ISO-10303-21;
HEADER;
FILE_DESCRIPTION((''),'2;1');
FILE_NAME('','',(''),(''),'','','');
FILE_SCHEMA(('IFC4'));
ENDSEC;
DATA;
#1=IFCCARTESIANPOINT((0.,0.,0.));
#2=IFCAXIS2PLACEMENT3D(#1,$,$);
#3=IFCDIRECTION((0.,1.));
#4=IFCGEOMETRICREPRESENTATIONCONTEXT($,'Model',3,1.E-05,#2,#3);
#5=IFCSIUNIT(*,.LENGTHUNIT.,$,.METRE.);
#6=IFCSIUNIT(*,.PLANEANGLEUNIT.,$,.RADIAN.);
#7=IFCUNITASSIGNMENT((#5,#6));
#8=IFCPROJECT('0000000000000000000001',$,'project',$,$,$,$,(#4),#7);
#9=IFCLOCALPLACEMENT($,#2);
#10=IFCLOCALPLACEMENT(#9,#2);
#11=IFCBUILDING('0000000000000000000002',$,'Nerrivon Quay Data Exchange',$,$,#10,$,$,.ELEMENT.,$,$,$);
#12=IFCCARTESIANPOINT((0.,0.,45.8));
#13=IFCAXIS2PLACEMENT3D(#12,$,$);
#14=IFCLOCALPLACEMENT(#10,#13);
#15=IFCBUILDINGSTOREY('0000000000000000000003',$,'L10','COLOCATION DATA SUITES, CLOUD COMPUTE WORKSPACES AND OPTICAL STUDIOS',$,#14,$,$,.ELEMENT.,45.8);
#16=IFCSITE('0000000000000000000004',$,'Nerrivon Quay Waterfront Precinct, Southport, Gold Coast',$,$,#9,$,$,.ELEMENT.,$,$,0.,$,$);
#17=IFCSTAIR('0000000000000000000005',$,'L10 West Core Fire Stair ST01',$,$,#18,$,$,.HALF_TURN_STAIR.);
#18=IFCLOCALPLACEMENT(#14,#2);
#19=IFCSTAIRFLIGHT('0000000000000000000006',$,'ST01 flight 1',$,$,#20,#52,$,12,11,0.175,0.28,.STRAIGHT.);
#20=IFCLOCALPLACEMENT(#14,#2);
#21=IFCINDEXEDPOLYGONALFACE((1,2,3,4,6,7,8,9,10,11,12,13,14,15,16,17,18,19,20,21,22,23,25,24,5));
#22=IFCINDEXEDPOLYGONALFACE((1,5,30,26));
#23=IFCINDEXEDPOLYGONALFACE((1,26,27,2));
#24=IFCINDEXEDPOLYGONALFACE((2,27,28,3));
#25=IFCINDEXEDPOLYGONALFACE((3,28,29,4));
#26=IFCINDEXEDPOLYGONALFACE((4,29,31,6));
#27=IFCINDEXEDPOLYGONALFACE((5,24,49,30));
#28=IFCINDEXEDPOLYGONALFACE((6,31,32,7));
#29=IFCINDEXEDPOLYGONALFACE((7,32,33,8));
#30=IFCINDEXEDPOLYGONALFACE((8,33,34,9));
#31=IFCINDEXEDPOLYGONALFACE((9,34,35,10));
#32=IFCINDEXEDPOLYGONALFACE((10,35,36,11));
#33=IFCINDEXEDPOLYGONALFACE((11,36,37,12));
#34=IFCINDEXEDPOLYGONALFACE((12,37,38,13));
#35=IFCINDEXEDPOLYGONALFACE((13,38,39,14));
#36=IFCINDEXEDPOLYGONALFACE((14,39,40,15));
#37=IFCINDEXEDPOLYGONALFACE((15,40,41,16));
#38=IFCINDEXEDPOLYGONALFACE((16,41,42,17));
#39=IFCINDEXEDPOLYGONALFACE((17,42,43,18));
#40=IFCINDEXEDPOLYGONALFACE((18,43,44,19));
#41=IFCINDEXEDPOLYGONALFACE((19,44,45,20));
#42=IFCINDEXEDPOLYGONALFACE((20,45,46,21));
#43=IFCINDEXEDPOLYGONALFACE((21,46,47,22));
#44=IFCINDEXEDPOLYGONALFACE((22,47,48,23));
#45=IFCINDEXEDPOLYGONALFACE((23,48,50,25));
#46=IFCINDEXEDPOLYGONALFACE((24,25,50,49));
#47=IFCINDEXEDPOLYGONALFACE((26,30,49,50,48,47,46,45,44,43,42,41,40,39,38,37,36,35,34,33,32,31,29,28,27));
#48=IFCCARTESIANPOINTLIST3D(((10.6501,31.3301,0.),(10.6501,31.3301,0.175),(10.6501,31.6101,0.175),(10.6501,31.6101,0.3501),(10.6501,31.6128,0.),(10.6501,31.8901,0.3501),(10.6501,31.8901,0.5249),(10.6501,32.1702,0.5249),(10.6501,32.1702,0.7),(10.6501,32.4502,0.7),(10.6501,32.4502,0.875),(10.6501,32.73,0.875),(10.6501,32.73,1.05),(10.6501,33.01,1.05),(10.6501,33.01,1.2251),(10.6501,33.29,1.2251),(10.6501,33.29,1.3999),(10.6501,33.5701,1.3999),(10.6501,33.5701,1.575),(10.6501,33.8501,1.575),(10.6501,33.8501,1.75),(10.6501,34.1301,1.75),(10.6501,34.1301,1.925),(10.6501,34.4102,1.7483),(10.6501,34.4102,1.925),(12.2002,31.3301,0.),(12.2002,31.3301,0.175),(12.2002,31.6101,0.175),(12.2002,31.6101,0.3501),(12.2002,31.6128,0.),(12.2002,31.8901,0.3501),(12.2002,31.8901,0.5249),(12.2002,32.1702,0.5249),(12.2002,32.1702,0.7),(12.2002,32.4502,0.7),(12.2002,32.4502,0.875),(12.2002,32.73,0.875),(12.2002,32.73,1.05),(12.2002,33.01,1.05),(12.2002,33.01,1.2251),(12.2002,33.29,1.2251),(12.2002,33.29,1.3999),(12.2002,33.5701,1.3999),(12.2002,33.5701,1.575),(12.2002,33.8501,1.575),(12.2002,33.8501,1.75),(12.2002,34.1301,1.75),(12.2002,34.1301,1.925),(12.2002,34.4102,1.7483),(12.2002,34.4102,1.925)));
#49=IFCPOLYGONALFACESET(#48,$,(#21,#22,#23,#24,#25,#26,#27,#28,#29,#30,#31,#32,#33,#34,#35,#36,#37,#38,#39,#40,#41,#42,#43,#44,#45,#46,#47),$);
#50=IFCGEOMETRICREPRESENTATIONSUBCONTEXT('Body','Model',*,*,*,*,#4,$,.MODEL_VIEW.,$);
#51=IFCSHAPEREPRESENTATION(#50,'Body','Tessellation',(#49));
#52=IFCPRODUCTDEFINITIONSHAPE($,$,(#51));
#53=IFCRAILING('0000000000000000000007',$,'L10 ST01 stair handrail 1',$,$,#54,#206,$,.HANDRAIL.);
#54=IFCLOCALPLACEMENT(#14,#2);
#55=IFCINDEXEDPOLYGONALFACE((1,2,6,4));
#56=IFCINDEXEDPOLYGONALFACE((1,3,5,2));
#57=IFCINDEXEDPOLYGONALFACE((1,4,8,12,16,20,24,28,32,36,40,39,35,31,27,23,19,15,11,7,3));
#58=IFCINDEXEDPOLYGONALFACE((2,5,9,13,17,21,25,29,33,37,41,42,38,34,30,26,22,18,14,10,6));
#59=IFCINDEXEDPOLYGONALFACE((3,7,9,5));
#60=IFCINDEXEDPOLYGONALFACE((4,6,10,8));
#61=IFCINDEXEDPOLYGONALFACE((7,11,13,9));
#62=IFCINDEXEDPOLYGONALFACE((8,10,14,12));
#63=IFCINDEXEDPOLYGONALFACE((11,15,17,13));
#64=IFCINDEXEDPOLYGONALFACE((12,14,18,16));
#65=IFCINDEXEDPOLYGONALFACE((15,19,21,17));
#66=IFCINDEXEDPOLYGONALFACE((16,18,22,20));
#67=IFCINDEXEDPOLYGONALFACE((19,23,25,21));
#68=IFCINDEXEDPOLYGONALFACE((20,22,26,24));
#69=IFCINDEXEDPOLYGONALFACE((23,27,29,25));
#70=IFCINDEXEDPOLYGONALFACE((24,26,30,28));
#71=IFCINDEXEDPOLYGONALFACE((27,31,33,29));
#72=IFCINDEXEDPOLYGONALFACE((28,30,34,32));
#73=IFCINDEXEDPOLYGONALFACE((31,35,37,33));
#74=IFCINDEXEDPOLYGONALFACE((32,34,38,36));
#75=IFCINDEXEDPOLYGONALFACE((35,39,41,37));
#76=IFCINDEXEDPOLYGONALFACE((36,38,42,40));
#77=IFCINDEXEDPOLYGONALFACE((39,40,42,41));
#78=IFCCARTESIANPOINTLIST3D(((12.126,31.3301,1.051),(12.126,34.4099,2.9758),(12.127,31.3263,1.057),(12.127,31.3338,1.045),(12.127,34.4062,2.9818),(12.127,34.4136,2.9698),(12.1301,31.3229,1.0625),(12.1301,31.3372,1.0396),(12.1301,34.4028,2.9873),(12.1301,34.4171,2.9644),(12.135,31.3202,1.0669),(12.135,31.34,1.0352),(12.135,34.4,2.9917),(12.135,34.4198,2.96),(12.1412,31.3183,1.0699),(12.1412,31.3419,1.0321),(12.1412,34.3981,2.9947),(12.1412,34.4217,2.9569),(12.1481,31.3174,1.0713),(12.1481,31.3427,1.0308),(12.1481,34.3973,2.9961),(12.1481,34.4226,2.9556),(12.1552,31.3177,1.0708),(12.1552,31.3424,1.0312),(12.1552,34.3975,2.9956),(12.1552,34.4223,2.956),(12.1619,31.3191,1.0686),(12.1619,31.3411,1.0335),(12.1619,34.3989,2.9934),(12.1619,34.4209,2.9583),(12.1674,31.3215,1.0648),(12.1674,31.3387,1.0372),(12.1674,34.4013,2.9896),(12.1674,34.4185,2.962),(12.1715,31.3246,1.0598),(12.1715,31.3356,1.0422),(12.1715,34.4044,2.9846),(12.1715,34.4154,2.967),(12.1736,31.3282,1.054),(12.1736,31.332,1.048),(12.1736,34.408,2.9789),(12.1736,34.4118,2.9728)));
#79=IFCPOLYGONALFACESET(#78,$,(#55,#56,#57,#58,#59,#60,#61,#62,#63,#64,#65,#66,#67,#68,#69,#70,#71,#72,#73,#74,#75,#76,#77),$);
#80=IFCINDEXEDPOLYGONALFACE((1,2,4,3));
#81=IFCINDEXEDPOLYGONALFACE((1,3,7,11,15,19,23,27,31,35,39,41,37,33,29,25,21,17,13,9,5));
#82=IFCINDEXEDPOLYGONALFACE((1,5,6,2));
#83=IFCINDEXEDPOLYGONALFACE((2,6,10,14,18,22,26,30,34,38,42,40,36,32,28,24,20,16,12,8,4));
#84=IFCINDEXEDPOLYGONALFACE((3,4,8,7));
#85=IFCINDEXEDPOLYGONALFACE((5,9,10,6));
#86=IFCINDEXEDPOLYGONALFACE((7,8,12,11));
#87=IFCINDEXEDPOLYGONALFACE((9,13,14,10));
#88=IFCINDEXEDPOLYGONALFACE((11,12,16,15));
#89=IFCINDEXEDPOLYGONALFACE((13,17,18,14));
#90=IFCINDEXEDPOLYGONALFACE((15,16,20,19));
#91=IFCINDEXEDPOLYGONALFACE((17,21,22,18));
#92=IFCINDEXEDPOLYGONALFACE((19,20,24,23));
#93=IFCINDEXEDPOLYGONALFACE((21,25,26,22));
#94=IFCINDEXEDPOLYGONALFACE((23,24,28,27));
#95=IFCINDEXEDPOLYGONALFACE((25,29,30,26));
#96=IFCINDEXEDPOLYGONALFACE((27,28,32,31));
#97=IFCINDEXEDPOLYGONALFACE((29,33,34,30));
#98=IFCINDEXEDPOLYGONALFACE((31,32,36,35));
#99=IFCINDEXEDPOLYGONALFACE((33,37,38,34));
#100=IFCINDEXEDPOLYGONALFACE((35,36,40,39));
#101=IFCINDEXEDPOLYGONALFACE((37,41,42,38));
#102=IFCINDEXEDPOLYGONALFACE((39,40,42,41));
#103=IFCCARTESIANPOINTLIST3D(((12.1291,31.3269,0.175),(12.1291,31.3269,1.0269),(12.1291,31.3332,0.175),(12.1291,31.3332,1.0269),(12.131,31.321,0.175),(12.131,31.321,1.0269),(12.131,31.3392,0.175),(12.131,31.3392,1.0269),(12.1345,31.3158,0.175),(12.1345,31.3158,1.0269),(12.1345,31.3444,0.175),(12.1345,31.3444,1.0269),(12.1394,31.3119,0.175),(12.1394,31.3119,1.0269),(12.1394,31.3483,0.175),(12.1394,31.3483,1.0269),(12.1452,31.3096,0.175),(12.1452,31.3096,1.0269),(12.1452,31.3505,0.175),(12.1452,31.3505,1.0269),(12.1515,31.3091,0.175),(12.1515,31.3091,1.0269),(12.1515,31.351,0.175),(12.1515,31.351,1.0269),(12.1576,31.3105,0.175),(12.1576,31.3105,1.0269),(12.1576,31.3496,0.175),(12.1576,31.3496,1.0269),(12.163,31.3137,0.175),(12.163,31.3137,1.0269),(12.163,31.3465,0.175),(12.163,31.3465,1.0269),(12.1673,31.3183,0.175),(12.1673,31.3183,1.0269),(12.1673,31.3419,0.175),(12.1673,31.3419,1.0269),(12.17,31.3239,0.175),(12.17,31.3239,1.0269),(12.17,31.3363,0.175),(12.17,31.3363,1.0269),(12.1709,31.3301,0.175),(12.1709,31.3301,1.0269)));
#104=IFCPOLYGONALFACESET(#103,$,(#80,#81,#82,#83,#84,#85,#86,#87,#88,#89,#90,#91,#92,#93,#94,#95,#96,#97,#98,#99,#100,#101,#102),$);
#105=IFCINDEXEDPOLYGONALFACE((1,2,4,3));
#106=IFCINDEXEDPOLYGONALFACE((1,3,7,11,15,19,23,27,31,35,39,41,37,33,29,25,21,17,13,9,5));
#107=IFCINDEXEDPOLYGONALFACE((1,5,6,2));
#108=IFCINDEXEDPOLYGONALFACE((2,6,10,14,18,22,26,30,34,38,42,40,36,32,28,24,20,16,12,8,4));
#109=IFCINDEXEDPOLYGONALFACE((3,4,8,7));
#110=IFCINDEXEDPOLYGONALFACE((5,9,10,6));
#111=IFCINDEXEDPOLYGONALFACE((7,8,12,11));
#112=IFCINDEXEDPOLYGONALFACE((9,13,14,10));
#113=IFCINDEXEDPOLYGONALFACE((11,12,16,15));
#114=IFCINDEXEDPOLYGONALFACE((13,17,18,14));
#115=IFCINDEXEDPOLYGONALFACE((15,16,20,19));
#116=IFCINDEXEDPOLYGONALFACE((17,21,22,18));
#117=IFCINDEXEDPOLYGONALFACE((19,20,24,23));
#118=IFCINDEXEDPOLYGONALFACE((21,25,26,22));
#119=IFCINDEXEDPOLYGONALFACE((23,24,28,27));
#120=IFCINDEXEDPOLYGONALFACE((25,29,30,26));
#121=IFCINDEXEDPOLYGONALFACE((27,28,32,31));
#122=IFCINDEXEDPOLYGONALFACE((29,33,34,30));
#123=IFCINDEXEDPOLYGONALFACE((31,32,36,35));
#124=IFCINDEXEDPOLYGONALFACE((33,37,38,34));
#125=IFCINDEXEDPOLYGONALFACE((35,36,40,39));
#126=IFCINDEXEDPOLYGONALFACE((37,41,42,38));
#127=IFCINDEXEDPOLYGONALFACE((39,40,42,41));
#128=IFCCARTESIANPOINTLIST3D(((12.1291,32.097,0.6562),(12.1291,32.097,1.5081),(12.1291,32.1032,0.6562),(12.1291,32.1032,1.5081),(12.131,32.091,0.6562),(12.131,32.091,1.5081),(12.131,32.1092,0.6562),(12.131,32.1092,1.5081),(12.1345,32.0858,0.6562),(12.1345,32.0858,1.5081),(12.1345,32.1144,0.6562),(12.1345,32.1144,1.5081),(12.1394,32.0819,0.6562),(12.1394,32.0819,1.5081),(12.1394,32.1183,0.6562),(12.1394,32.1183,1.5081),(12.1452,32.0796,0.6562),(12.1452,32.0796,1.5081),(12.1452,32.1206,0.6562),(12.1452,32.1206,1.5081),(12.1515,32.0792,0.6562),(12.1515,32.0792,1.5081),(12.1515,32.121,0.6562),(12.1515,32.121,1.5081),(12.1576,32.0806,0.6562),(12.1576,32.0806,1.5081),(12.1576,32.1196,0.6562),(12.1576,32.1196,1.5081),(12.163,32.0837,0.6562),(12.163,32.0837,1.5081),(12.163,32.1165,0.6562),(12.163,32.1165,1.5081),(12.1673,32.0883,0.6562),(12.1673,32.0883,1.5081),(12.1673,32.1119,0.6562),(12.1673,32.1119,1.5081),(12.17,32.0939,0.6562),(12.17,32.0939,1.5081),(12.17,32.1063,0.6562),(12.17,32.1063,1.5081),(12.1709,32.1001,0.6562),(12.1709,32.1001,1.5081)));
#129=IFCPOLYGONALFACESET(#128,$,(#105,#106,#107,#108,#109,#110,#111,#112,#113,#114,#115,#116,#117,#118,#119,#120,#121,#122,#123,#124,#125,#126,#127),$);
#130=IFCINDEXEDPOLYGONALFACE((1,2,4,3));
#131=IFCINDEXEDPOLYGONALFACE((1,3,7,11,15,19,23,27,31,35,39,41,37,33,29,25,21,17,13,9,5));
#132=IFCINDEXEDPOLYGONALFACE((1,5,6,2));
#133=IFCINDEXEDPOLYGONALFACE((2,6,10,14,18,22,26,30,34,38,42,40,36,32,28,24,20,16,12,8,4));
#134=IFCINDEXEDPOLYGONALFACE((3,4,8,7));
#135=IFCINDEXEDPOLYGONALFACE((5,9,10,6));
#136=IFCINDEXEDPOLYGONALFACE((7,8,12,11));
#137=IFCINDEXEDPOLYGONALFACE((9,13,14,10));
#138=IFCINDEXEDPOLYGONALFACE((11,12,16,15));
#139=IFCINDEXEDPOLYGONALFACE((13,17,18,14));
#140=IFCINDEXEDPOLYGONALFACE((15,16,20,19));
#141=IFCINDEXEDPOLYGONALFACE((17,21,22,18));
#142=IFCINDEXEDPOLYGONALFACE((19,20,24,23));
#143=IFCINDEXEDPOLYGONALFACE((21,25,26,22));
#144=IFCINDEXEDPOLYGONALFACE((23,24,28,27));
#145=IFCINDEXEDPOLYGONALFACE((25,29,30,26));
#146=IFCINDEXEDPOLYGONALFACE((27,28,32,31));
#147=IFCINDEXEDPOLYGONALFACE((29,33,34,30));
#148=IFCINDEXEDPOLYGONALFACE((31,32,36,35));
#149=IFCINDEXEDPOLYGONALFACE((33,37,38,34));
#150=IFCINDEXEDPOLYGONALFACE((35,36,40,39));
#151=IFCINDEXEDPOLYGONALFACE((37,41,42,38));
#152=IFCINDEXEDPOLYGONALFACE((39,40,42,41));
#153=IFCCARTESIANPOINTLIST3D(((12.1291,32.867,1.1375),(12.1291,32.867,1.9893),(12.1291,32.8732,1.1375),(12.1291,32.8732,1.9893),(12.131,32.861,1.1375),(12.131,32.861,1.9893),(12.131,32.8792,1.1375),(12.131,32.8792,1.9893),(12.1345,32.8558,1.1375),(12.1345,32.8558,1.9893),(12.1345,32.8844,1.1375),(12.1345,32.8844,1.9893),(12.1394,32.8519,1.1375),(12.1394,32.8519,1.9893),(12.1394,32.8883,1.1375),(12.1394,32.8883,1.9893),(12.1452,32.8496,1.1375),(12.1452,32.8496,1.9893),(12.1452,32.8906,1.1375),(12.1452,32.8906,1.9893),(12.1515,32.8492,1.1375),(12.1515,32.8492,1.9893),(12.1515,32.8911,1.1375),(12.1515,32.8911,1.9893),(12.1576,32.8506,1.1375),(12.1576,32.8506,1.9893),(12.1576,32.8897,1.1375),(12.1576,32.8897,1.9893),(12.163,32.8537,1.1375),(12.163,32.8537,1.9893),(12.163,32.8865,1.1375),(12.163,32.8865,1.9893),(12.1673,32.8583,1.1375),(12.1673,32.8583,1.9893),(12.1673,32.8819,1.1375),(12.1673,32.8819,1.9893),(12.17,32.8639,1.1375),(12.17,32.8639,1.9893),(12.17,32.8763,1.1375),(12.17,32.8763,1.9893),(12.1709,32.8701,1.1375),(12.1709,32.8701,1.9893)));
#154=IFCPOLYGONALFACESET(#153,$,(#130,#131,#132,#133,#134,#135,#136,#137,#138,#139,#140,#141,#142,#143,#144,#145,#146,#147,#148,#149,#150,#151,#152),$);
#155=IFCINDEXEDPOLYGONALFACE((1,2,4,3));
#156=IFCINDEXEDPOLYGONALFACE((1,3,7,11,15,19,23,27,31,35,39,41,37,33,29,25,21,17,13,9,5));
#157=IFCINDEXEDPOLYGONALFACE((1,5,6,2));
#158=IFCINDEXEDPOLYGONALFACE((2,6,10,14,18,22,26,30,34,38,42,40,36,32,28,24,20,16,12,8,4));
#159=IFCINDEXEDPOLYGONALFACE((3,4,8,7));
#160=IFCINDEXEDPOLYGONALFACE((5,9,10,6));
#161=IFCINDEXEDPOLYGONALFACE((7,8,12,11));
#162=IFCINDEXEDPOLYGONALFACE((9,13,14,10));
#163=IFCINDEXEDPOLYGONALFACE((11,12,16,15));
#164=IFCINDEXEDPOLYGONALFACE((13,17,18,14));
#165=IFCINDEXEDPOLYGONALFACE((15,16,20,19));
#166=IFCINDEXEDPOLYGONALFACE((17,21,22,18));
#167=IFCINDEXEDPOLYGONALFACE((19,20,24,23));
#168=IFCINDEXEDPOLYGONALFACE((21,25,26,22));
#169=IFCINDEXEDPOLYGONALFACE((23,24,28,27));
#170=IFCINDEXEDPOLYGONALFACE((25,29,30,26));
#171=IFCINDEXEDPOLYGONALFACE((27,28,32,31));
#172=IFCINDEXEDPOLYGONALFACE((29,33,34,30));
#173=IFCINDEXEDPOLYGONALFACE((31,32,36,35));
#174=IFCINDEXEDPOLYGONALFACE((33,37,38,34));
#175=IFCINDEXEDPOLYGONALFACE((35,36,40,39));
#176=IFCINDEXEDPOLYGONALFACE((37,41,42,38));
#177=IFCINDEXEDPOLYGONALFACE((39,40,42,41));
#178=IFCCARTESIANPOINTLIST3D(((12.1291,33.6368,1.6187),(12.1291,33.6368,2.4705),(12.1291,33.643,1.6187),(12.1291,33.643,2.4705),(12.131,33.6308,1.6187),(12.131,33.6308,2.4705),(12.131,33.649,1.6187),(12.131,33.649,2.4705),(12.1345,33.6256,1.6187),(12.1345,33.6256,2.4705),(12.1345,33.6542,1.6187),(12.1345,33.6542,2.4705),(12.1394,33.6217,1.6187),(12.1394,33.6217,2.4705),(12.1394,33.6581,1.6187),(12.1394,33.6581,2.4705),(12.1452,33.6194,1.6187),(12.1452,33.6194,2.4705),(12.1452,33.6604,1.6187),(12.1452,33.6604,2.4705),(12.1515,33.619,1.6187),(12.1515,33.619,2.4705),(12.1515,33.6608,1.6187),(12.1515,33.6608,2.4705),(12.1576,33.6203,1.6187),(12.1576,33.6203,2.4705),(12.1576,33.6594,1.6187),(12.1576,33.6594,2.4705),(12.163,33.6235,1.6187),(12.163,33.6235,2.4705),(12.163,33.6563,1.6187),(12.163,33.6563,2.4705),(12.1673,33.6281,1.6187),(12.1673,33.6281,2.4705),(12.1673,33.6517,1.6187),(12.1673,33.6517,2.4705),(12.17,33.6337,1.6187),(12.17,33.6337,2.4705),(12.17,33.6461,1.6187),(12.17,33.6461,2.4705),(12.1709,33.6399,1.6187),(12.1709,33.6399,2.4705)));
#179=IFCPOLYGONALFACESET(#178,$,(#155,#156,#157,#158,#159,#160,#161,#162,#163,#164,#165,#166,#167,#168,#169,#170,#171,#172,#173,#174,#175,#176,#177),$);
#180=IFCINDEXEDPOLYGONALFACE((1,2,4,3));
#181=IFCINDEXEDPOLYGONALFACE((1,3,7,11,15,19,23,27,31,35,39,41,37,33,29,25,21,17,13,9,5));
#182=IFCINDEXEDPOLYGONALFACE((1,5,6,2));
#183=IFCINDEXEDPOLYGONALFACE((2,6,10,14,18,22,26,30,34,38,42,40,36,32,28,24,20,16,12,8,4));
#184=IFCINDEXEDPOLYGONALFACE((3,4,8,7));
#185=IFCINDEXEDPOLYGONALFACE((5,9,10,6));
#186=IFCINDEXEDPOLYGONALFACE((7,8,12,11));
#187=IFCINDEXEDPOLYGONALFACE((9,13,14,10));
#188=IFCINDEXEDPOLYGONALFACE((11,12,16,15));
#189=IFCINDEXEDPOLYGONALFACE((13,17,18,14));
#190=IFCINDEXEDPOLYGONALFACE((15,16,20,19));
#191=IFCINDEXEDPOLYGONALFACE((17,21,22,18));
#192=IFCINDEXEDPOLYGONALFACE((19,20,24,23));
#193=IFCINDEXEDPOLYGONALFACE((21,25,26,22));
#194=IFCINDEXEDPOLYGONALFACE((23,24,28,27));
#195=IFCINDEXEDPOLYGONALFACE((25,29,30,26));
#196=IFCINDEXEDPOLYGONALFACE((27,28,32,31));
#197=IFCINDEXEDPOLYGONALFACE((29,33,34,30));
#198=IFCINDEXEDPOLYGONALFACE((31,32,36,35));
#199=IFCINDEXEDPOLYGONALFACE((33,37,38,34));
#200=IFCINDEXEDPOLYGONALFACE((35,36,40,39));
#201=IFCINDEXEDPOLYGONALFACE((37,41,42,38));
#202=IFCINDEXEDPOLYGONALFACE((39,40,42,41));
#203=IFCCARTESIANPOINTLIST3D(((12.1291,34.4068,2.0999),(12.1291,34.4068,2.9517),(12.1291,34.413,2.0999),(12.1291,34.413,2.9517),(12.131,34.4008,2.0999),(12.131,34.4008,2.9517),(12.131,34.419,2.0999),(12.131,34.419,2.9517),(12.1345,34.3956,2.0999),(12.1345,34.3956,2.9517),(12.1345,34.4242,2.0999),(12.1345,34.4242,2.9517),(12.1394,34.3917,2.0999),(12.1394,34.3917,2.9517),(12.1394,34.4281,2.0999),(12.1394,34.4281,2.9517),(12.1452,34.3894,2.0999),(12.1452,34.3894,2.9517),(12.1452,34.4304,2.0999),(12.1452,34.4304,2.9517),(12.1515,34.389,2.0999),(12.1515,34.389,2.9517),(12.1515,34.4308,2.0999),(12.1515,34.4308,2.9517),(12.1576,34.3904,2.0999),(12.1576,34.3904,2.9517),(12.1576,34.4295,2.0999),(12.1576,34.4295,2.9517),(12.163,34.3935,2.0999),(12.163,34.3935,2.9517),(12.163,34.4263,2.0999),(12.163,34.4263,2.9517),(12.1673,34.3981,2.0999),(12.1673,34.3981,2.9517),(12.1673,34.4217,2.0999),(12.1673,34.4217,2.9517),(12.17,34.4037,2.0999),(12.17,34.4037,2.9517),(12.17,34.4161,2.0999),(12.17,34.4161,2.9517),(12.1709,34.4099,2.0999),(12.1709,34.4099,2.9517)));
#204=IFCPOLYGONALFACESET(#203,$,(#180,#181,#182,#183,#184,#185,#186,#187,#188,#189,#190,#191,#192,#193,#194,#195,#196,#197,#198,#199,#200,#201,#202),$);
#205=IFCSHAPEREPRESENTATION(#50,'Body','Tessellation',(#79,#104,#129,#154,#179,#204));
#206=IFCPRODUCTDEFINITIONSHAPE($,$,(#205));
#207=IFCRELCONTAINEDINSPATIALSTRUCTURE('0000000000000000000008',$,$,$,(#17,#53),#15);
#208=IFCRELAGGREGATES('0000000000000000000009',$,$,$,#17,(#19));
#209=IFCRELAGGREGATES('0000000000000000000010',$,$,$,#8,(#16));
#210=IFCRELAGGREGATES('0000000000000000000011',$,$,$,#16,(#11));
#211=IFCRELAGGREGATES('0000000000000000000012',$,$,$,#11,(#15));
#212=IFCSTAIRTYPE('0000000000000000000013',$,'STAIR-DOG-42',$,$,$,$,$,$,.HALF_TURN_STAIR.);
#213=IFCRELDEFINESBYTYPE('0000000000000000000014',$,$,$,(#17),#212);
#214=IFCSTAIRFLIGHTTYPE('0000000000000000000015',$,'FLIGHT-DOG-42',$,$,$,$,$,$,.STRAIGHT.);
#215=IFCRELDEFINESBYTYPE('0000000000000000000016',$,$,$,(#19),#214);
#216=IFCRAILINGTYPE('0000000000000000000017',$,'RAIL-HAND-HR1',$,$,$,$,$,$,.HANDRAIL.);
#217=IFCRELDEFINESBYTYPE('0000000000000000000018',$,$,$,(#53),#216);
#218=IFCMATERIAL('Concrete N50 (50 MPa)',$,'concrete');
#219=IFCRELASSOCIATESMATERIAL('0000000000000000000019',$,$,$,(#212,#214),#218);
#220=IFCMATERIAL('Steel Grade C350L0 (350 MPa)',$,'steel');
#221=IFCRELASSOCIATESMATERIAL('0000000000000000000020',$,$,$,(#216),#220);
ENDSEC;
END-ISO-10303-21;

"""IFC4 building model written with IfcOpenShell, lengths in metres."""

from ifc_helpers import new_model, si_unit, direction, frame, origin, origin_2d, place, context, subcontext, project, spatial, polyline, circle, outline, extrude, material, type_object, element, aggregate, save


model = new_model("IFC4")

# Units and contexts
model_context = context("Model", 3, precision=1e-05, world=origin(), true_north=direction((0.0, 1.0)))
body_context = subcontext(model_context, "Body", "Model", "MODEL_VIEW")
ifc_project = project(units=[si_unit("LENGTHUNIT", "METRE"), si_unit("PLANEANGLEUNIT", "RADIAN")], contexts=[model_context])

# Site, building, storey
site_placement = place(None, origin())
site = spatial("IfcSite", under=ifc_project, at=site_placement, Name="Nerrivon Quay Waterfront Precinct, Southport, Gold Coast", CompositionType="ELEMENT", RefElevation=0.0)
building_placement = place(site_placement, origin())
building = spatial("IfcBuilding", under=site, at=building_placement, Name="Nerrivon Quay Data Exchange", CompositionType="ELEMENT")
storey_placement = place(building_placement, frame((0.0, 0.0, 45.8)))
storey = spatial("IfcBuildingStorey", under=building, at=storey_placement, Name="L10", Description="COLOCATION DATA SUITES, CLOUD COMPUTE WORKSPACES AND OPTICAL STUDIOS", CompositionType="ELEMENT", Elevation=45.8)

# Shared definitions
ifc_material_1 = material(Name="Concrete N50 (50 MPa)", Category="concrete")

# Stair, stair flight
stair_type = type_object("IfcStairType", Name="STAIR-DOG-42", PredefinedType="HALF_TURN_STAIR", material=ifc_material_1)
stair_placement = place(storey_placement, origin())
stair = element("IfcStair", 1, at=stair_placement, inside=storey, type_object=stair_type, Name="L10 West Core Fire Stair ST01", PredefinedType="HALF_TURN_STAIR")
stair_flight_type = type_object("IfcStairFlightType", Name="FLIGHT-DOG-42", PredefinedType="STRAIGHT", material=ifc_material_1)
stair_flight_placement = place(storey_placement, frame((11.425, 31.3301, 0.0), z_axis=(0.0, 0.0, 1.0), x_axis=(0.0, 1.0, 0.0)))
stair_flight = element("IfcStairFlight", 2, at=stair_flight_placement, type_object=stair_flight_type, Name="ST01 flight 1", NumberOfRisers=12, NumberOfTreads=11, PredefinedType="STRAIGHT", RiserHeight=0.175, TreadLength=0.28, context=body_context, shape_type="SweptSolid", body=[
    extrude(outline(polyline([(0.0, 0.0), (0.0, 0.175), (0.28, 0.175), (0.28, 0.3501), (0.5601, 0.3501), (0.5601, 0.5249), (0.8401, 0.5249), (0.8401, 0.7), (1.1201, 0.7), (1.1201, 0.875), (1.3999, 0.875), (1.3999, 1.05), (1.6799, 1.05), (1.6799, 1.2251), (1.96, 1.2251), (1.96, 1.3999), (2.24, 1.3999), (2.24, 1.575), (2.52, 1.575), (2.52, 1.75), (2.8, 1.75), (2.8, 1.925), (3.0801, 1.925), (3.0801, 2.1001), (3.0801, 1.7483), (0.2827, 0.0), (0.0, 0.0)])), frame((0.0, 0.7749, 0.0), z_axis=(0.0, -1.0, 0.0), x_axis=(1.0, 0.0, 0.0)), (0.0, 0.0, 1.0), 1.55),
])
aggregate(stair, [stair_flight])

# Railing
ifc_material_2 = material(Name="Steel Grade C350L0 (350 MPa)", Category="steel")
railing_type_1 = type_object("IfcRailingType", Name="RAIL-HAND-HR1", PredefinedType="HANDRAIL", material=ifc_material_2)
railing_1_placement = place(storey_placement, frame((12.1499, 31.3301, 0.175)))
element("IfcRailing", 3, at=railing_1_placement, inside=storey, type_object=railing_type_1, Name="L10 ST01 stair handrail 1", PredefinedType="HANDRAIL", context=body_context, shape_type="SweptSolid", body=[
    extrude(circle(Radius=0.0239, at=origin_2d()), frame((0.0, 0.0, 0.876), z_axis=(0.0, 0.84801, 0.529981), x_axis=(-1.0, 0.0, 0.0)), (0.0, 0.0, 1.0), 3.6318),
    extrude(circle(Radius=0.021, at=origin_2d()), origin(), (0.0, 0.0, 1.0), 0.8518),
    extrude(circle(Radius=0.021, at=origin_2d()), frame((0.0, 0.77, 0.4812)), (0.0, 0.0, 1.0), 0.8518),
    extrude(circle(Radius=0.021, at=origin_2d()), frame((0.0, 1.54, 0.9624)), (0.0, 0.0, 1.0), 0.8518),
    extrude(circle(Radius=0.021, at=origin_2d()), frame((0.0, 2.3098, 1.4436)), (0.0, 0.0, 1.0), 0.8518),
    extrude(circle(Radius=0.021, at=origin_2d()), frame((0.0, 3.0798, 1.9248)), (0.0, 0.0, 1.0), 0.8518),
])

save(model, "model.ifc")
